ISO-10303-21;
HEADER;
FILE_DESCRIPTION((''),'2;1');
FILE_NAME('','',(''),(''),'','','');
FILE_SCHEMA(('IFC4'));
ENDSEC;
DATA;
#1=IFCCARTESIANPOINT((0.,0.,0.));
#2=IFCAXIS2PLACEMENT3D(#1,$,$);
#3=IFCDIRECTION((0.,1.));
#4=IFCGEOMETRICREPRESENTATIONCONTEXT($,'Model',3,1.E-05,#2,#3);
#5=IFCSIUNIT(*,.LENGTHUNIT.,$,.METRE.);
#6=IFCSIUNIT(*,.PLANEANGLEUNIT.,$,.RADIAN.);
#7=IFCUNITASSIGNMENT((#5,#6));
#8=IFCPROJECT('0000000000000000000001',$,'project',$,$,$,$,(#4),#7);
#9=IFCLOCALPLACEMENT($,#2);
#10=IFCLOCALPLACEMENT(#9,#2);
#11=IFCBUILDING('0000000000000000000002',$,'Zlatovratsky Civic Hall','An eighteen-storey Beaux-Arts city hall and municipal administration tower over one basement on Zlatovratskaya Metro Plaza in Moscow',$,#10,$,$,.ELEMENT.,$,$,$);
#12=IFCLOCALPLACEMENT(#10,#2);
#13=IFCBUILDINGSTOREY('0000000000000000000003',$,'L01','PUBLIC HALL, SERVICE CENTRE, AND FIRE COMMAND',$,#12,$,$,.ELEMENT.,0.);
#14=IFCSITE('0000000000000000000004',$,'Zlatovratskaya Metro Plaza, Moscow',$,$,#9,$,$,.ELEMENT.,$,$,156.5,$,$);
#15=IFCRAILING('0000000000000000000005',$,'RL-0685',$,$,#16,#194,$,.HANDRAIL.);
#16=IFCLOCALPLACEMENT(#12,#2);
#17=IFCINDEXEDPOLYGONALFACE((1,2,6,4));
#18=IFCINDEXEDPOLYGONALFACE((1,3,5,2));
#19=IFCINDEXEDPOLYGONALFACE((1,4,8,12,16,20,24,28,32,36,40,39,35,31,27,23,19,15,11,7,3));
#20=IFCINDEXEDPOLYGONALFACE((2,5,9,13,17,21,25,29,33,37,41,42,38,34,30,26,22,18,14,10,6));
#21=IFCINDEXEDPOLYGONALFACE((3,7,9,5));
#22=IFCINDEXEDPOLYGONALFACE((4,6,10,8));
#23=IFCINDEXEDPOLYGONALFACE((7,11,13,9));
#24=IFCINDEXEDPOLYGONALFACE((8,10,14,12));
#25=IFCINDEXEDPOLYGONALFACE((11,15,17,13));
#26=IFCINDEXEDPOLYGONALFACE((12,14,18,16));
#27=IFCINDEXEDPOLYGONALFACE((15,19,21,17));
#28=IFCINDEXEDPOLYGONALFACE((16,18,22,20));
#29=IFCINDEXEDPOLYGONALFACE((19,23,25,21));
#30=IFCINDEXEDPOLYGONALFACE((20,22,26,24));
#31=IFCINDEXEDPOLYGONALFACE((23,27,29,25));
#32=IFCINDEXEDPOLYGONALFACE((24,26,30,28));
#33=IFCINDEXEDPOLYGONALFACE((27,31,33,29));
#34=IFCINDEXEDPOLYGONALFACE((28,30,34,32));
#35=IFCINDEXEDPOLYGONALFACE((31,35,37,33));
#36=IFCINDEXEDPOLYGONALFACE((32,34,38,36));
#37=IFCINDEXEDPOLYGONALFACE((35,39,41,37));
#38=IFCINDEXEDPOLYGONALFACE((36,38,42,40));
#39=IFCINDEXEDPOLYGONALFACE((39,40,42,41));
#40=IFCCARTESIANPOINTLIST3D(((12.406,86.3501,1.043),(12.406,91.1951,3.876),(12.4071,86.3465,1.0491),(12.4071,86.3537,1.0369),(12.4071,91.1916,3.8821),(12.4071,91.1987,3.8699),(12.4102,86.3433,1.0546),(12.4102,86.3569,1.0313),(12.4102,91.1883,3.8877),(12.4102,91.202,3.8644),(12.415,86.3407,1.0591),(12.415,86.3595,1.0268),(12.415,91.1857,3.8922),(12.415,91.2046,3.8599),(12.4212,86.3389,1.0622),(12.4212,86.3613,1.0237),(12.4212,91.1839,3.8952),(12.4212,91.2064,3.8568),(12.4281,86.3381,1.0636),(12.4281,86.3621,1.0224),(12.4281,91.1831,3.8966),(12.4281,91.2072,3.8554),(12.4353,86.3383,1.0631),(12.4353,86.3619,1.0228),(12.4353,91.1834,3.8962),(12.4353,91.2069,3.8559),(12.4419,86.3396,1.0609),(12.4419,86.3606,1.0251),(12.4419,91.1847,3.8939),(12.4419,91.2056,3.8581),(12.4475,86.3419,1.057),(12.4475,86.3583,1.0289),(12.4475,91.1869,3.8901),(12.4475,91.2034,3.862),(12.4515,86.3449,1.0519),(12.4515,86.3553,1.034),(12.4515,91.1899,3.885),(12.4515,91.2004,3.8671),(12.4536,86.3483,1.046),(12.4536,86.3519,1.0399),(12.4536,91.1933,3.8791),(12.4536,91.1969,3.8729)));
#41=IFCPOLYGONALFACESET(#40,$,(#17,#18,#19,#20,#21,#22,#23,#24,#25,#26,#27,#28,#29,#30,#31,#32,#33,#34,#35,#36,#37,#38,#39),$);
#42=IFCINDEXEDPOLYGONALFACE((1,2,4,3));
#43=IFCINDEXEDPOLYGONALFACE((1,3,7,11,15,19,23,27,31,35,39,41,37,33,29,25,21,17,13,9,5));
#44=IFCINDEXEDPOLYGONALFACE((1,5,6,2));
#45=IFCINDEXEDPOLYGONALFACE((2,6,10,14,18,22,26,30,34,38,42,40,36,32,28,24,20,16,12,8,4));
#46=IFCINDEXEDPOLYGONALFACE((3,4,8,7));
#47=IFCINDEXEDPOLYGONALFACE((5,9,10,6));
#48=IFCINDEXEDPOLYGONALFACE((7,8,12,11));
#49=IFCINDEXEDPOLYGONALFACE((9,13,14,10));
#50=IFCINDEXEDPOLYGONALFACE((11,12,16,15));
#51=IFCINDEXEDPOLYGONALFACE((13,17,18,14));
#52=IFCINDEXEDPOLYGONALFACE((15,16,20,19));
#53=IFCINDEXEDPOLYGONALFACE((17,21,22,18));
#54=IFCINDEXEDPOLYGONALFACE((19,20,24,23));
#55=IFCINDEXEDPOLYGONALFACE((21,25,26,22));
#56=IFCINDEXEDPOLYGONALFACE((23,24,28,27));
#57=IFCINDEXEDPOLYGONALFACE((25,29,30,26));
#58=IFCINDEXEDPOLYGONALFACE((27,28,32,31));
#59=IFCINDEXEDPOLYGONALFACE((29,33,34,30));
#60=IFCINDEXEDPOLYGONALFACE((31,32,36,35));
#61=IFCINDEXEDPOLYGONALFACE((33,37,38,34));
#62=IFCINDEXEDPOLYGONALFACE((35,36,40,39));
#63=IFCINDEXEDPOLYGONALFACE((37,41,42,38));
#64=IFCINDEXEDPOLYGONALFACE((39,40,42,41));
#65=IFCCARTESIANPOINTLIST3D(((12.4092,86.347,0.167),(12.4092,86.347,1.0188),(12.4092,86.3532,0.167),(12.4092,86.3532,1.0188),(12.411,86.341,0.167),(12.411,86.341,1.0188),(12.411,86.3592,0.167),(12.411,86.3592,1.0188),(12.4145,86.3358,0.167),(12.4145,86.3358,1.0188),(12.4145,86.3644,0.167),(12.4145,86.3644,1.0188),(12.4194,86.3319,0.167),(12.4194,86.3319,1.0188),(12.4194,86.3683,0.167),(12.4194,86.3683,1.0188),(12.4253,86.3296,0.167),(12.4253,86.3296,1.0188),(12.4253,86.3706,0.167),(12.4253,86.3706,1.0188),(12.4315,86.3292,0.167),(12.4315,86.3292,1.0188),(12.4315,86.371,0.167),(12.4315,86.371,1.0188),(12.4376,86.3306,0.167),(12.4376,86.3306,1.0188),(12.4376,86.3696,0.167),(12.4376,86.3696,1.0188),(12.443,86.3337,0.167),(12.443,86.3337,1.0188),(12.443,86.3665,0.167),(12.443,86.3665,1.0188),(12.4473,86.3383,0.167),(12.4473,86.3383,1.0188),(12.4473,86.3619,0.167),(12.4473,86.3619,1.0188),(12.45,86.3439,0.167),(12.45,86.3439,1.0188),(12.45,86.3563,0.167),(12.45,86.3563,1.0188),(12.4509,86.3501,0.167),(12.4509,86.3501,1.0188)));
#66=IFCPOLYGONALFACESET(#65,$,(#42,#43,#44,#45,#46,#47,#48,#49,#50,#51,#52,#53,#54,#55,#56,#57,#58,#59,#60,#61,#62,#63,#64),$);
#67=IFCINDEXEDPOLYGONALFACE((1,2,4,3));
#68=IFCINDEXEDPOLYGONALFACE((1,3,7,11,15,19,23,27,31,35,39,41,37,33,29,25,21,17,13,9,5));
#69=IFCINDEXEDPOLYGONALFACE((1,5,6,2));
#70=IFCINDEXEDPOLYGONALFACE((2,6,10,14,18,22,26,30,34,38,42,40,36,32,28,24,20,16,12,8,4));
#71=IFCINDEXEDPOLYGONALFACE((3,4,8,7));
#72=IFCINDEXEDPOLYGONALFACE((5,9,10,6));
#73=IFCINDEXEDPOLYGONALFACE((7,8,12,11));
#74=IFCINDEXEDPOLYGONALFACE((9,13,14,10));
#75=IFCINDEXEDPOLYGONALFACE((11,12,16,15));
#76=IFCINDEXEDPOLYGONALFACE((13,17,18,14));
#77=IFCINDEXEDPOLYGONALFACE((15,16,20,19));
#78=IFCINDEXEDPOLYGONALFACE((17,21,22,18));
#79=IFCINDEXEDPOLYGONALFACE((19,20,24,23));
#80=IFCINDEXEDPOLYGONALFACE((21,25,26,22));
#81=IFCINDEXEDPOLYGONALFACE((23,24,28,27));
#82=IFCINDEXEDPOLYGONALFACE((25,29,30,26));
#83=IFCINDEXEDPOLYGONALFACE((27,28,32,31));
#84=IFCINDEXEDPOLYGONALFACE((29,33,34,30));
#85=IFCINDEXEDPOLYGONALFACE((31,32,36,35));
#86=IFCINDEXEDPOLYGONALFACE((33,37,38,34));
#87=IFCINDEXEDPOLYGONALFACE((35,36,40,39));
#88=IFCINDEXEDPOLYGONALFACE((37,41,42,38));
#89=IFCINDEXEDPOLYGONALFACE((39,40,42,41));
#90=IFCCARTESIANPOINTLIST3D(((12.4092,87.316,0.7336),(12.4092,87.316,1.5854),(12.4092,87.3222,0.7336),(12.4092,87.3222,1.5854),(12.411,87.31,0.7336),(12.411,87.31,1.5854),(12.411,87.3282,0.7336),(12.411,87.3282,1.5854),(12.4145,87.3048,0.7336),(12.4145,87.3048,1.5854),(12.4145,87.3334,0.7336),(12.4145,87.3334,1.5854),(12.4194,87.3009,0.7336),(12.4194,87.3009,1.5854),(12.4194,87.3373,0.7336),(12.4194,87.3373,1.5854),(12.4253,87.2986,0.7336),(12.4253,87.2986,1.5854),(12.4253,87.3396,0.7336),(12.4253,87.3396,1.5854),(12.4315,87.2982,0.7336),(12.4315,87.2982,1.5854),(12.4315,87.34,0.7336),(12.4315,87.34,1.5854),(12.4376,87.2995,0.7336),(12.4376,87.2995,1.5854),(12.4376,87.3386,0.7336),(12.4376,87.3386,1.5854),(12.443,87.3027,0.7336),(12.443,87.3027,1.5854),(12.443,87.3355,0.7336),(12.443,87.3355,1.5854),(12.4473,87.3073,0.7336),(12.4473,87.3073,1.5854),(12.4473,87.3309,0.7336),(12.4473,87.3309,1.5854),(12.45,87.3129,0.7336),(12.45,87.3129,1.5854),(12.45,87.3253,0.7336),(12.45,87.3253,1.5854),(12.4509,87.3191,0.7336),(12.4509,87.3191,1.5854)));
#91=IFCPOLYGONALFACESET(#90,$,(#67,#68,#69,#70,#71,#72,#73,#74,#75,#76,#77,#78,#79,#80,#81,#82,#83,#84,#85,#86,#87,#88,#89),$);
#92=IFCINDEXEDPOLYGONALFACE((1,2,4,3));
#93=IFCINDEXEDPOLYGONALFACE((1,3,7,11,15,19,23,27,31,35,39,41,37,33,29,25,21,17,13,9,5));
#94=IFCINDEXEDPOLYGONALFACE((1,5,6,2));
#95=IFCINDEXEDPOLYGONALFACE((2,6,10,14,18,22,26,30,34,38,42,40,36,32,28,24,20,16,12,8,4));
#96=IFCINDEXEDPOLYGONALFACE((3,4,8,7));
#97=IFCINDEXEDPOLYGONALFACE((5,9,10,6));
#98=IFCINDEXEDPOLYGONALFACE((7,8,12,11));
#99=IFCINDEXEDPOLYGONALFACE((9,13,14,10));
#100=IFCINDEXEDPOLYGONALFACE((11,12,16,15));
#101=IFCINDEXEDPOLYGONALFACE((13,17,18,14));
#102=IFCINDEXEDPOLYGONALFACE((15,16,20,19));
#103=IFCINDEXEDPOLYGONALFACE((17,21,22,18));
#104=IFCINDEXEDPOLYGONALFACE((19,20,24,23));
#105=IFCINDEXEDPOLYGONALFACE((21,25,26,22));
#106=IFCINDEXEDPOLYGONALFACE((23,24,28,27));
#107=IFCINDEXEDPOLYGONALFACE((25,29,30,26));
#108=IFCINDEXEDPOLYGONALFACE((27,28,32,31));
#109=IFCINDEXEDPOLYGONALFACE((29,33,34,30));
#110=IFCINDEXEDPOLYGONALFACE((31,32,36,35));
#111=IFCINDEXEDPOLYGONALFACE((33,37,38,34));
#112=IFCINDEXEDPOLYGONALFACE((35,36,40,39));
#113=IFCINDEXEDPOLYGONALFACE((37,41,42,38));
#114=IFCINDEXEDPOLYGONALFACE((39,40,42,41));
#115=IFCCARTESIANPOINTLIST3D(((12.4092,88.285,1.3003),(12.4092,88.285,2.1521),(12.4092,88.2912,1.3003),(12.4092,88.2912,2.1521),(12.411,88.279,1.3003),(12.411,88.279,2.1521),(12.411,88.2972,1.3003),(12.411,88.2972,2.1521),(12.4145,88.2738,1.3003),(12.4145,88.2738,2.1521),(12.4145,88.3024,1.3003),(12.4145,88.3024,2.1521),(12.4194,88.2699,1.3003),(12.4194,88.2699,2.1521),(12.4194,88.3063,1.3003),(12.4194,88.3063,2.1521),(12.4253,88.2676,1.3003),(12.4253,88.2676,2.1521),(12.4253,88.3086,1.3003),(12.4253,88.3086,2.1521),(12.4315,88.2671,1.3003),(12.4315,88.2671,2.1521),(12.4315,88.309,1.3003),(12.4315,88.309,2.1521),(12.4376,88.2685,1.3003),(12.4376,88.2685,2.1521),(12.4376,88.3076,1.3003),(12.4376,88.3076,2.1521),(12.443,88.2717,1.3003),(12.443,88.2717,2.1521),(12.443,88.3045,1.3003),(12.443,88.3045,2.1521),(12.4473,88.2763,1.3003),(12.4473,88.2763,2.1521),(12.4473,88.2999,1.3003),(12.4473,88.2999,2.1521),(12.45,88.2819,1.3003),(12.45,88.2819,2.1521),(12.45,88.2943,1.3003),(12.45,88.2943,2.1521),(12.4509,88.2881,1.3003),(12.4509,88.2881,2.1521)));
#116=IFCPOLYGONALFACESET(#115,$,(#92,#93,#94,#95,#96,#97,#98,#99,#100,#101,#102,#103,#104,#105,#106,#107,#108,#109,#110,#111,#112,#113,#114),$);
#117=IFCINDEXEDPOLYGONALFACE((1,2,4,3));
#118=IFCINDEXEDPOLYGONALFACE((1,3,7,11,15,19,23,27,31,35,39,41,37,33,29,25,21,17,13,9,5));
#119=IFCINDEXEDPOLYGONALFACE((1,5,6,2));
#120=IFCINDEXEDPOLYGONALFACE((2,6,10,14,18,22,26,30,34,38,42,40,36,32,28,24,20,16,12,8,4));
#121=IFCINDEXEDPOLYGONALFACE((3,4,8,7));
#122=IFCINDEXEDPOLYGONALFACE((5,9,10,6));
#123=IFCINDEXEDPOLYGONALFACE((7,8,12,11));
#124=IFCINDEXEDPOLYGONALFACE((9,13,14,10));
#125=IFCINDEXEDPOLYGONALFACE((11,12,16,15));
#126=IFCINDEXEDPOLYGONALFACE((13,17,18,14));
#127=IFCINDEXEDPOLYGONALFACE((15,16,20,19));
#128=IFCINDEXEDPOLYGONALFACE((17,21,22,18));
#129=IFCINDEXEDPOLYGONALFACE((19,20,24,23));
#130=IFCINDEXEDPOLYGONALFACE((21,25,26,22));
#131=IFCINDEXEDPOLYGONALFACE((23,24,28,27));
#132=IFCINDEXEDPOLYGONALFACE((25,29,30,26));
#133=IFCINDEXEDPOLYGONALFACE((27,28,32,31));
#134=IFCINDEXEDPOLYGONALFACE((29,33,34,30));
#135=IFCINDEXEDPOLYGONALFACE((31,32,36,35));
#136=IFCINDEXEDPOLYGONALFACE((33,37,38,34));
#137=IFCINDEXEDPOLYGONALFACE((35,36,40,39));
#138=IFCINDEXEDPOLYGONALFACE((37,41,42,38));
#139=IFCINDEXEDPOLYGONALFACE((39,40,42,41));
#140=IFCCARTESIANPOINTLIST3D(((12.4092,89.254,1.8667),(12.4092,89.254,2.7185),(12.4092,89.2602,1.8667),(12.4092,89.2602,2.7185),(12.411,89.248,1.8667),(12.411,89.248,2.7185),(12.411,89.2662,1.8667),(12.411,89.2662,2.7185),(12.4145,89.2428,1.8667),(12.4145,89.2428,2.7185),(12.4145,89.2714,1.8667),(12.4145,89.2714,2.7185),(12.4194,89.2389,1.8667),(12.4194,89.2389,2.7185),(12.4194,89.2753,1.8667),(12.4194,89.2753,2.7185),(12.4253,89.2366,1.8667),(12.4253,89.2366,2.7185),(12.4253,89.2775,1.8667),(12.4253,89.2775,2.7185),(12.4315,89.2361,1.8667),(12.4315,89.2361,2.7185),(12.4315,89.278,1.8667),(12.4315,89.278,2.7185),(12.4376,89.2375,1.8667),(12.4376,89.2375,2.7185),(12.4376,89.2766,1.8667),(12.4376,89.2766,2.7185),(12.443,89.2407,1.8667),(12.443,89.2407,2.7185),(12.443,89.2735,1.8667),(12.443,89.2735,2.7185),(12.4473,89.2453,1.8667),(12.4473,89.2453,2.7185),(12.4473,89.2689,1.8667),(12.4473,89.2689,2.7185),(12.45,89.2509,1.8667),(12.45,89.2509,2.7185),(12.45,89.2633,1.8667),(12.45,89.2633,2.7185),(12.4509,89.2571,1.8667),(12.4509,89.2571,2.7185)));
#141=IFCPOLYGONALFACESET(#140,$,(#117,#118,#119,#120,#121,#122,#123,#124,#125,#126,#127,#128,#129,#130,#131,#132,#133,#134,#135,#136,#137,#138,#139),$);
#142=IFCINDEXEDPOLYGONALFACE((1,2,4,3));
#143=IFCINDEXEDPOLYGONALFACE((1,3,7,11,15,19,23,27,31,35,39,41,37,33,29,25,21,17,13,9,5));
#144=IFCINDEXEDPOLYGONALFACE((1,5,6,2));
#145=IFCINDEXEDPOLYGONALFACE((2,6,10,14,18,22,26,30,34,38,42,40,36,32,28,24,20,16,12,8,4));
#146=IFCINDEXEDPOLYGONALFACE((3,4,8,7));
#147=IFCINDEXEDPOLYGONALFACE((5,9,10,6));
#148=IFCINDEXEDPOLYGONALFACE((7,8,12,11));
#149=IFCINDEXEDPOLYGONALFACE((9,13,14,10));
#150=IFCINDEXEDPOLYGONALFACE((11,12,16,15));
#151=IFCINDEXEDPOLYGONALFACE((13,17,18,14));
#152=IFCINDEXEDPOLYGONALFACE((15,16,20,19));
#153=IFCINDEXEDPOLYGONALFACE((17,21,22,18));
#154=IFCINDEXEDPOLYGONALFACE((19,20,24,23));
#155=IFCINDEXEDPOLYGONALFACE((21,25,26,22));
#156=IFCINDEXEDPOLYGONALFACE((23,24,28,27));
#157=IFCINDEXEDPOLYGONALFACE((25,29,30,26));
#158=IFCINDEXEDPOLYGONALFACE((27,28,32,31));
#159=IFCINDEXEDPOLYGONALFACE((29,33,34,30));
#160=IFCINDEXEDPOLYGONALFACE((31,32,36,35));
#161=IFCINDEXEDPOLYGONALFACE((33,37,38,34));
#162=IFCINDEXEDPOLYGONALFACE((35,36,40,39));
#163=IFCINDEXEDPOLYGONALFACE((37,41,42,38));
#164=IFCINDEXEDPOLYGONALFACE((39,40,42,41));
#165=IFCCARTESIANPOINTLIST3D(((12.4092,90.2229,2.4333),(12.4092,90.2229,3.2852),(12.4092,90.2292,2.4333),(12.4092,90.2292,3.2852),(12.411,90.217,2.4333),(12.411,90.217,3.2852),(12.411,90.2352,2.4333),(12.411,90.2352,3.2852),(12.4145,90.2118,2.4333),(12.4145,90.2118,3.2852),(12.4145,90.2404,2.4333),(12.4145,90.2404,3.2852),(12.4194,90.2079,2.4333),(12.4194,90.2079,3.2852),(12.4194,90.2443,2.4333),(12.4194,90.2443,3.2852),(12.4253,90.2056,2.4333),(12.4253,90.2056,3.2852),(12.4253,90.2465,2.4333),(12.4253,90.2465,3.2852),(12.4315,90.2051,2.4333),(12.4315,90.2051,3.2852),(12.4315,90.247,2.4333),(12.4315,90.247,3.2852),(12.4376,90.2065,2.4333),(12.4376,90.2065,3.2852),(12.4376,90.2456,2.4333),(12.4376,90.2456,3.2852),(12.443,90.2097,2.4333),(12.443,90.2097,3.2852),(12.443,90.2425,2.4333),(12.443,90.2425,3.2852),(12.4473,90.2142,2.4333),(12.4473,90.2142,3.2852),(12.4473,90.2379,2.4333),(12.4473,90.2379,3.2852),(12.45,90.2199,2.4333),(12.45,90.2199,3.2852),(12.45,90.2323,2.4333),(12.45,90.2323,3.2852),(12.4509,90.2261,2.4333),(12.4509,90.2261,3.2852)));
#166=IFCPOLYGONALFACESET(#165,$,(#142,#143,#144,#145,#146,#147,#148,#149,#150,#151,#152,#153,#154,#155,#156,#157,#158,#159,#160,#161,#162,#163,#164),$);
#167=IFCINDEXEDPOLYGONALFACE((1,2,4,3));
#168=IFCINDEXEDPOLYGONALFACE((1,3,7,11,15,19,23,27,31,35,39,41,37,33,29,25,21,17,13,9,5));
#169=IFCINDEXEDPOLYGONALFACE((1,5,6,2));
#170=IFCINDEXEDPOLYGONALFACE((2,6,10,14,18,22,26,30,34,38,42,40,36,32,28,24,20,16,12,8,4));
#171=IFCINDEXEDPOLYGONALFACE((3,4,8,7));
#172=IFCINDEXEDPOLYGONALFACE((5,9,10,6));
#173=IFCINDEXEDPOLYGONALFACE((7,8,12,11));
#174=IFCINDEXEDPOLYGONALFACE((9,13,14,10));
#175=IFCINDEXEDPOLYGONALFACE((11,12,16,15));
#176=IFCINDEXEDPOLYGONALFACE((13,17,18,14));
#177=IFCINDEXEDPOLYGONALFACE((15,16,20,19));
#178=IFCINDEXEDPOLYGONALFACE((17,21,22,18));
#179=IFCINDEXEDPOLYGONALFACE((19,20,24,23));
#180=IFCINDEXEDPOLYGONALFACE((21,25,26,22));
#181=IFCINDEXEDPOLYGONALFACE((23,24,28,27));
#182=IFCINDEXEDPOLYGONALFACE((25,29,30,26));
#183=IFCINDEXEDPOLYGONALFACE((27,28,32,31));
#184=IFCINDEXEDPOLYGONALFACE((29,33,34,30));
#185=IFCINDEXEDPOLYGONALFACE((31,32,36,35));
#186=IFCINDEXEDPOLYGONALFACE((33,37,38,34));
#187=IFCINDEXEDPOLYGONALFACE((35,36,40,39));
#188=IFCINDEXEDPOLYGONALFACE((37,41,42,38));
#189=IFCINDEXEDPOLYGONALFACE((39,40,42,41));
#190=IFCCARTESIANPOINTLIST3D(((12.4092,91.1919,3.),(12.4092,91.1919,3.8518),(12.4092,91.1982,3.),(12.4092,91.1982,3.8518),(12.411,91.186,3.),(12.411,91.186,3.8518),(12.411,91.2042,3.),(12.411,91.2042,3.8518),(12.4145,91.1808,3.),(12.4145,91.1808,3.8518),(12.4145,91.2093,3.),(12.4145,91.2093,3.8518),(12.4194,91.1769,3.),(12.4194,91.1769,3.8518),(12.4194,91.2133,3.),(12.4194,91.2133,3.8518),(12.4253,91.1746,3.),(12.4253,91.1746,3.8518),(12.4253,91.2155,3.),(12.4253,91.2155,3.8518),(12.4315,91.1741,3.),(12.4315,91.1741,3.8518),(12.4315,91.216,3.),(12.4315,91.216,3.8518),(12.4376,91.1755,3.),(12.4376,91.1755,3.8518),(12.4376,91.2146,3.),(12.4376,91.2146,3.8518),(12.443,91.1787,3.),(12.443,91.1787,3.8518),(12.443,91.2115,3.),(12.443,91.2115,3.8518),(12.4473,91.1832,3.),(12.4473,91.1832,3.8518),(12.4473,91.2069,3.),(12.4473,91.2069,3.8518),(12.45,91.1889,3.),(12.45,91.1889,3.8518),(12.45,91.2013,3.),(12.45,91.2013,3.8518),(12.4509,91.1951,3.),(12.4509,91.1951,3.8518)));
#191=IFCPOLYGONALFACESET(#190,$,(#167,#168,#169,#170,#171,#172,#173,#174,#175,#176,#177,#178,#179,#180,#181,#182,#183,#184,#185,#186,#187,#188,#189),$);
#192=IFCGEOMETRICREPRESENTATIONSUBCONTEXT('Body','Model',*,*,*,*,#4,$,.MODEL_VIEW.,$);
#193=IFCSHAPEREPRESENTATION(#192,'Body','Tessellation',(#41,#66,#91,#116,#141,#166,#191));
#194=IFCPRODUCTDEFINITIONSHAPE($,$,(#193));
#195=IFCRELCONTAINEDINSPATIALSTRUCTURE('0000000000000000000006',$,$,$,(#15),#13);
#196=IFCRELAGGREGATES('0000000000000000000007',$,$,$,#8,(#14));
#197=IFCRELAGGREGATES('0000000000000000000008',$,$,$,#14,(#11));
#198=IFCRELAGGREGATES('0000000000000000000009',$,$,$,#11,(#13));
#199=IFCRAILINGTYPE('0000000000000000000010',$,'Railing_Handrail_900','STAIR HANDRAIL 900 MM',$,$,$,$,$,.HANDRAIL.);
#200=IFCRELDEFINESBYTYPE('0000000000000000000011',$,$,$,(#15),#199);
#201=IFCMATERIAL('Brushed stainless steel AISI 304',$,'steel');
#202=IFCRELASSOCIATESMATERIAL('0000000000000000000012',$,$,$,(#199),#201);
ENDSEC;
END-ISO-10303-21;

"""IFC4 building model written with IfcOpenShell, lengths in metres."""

from ifc_helpers import new_model, si_unit, direction, frame, origin, origin_2d, place, context, subcontext, project, spatial, circle, extrude, material, type_object, element, save


model = new_model("IFC4")

# Units and contexts
model_context = context("Model", 3, precision=1e-05, world=origin(), true_north=direction((0.0, 1.0)))
body_context = subcontext(model_context, "Body", "Model", "MODEL_VIEW")
ifc_project = project(units=[si_unit("LENGTHUNIT", "METRE"), si_unit("PLANEANGLEUNIT", "RADIAN")], contexts=[model_context])

# Site, building, storey
site_placement = place(None, origin())
site = spatial("IfcSite", under=ifc_project, at=site_placement, Name="Zlatovratskaya Metro Plaza, Moscow", CompositionType="ELEMENT", RefElevation=156.5)
building_placement = place(site_placement, origin())
building = spatial("IfcBuilding", under=site, at=building_placement, Name="Zlatovratsky Civic Hall", Description="An eighteen-storey Beaux-Arts city hall and municipal administration tower over one basement on Zlatovratskaya Metro Plaza in Moscow", CompositionType="ELEMENT")
storey_placement = place(building_placement, origin())
storey = spatial("IfcBuildingStorey", under=building, at=storey_placement, Name="L01", Description="PUBLIC HALL, SERVICE CENTRE, AND FIRE COMMAND", CompositionType="ELEMENT", Elevation=0.0)

# Railing
ifc_material_1 = material(Name="Brushed stainless steel AISI 304", Category="steel")
railing_type_1 = type_object("IfcRailingType", Name="Railing_Handrail_900", Description="STAIR HANDRAIL 900 MM", PredefinedType="HANDRAIL", material=ifc_material_1)
railing_1_placement = place(storey_placement, frame((12.4299, 86.3501, 0.167)))
element("IfcRailing", 1, at=railing_1_placement, inside=storey, type_object=railing_type_1, Name="RL-0685", PredefinedType="HANDRAIL", context=body_context, shape_type="SweptSolid", body=[
    extrude(circle(Radius=0.0239, at=origin_2d()), frame((0.0, 0.0, 0.876), z_axis=(0.0, 0.863253, 0.504771), x_axis=(-1.0, 0.0, 0.0)), (0.0, 0.0, 1.0), 5.6125),
    extrude(circle(Radius=0.021, at=origin_2d()), origin(), (0.0, 0.0, 1.0), 0.8518),
    extrude(circle(Radius=0.021, at=origin_2d()), frame((0.0, 0.969, 0.5667)), (0.0, 0.0, 1.0), 0.8518),
    extrude(circle(Radius=0.021, at=origin_2d()), frame((0.0, 1.938, 1.1333)), (0.0, 0.0, 1.0), 0.8518),
    extrude(circle(Radius=0.021, at=origin_2d()), frame((0.0, 2.907, 1.6997)), (0.0, 0.0, 1.0), 0.8518),
    extrude(circle(Radius=0.021, at=origin_2d()), frame((0.0, 3.876, 2.2664)), (0.0, 0.0, 1.0), 0.8518),
    extrude(circle(Radius=0.021, at=origin_2d()), frame((0.0, 4.845, 2.833)), (0.0, 0.0, 1.0), 0.8518),
])

save(model, "model.ifc")
